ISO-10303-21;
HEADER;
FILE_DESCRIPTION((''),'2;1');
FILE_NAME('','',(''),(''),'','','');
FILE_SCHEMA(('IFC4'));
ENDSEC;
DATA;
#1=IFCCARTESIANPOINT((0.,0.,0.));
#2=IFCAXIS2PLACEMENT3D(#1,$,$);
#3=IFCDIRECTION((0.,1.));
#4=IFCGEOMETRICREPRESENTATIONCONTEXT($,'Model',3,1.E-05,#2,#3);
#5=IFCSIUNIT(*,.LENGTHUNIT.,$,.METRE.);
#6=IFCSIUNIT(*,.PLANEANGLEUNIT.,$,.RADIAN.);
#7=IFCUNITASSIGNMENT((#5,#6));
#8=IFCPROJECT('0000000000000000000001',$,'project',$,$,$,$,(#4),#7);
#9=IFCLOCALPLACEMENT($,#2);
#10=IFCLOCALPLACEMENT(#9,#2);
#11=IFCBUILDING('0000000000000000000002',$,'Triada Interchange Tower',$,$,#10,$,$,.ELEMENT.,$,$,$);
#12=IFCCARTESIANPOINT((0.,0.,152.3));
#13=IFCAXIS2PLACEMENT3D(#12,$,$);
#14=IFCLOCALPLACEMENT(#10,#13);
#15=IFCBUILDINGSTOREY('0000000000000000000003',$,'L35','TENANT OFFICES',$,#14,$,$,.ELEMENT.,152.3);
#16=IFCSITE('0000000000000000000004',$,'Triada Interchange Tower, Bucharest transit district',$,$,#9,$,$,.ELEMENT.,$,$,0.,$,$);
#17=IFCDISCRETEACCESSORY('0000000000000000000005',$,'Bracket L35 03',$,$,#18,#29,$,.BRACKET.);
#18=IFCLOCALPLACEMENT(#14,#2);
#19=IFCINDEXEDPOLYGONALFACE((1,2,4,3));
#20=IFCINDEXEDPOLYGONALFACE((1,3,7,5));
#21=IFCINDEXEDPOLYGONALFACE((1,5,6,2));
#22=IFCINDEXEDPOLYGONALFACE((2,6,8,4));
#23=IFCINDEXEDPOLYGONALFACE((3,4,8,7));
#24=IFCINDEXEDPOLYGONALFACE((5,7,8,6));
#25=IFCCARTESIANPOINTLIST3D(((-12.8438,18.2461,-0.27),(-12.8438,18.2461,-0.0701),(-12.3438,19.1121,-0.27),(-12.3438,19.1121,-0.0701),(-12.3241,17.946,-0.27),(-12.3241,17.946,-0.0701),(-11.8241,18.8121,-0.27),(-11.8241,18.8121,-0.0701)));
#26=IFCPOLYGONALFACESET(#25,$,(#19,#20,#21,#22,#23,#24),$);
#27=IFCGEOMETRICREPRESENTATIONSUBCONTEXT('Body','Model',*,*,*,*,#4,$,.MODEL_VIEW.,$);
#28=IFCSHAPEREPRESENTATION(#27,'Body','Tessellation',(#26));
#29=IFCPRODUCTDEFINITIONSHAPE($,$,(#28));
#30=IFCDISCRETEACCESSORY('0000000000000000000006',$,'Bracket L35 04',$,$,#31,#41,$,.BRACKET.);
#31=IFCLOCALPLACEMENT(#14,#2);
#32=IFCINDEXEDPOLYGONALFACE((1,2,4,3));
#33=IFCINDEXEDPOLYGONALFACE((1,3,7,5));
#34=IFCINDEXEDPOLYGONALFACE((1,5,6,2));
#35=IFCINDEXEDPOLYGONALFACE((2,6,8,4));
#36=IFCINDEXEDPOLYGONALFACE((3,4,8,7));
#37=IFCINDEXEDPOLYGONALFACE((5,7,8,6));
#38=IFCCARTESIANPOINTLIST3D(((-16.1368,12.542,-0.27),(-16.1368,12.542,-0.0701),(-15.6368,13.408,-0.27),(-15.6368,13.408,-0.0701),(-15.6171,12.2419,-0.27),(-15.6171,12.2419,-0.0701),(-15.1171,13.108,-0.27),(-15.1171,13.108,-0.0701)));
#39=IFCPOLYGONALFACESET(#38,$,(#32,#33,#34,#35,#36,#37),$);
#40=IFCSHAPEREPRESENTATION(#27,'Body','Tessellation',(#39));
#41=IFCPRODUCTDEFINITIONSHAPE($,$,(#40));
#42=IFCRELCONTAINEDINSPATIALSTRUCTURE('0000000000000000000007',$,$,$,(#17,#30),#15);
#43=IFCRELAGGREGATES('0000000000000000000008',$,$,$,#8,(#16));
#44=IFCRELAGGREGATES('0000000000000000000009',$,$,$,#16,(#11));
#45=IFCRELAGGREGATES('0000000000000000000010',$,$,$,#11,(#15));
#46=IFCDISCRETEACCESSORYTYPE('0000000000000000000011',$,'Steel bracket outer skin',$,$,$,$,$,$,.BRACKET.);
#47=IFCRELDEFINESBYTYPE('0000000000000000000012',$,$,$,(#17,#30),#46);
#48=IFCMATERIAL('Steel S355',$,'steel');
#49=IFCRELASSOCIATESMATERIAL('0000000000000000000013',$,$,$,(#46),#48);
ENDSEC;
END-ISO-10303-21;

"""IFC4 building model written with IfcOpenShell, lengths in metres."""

from ifc_helpers import new_model, si_unit, direction, frame, origin, origin_2d, place, context, subcontext, project, spatial, rectangle, extrude, material, type_object, element, save


model = new_model("IFC4")

# Units and contexts
model_context = context("Model", 3, precision=1e-05, world=origin(), true_north=direction((0.0, 1.0)))
body_context = subcontext(model_context, "Body", "Model", "MODEL_VIEW")
ifc_project = project(units=[si_unit("LENGTHUNIT", "METRE"), si_unit("PLANEANGLEUNIT", "RADIAN")], contexts=[model_context])

# Site, building, storey
site_placement = place(None, origin())
site = spatial("IfcSite", under=ifc_project, at=site_placement, Name="Triada Interchange Tower, Bucharest transit district", CompositionType="ELEMENT", RefElevation=0.0)
building_placement = place(site_placement, origin())
building = spatial("IfcBuilding", under=site, at=building_placement, Name="Triada Interchange Tower", CompositionType="ELEMENT")
storey_placement = place(building_placement, frame((0.0, 0.0, 152.3)))
storey = spatial("IfcBuildingStorey", under=building, at=storey_placement, Name="L35", Description="TENANT OFFICES", CompositionType="ELEMENT", Elevation=152.3)

# Discrete accessories
ifc_material_1 = material(Name="Steel S355", Category="steel")
discrete_accessory_type = type_object("IfcDiscreteAccessoryType", Name="Steel bracket outer skin", PredefinedType="BRACKET", material=ifc_material_1)
for number, where, z_axis, x_axis, name in (
    (1, (-12.334, 18.5291, -0.27), (0.0, 0.0, 1.0), (-0.866036, 0.499982, 0.0), "Bracket L35 03"),
    (2, (-15.627, 12.825, -0.27), (0.0, 0.0, 1.0), (-0.866036, 0.499982, 0.0), "Bracket L35 04"),
):
    element("IfcDiscreteAccessory", number, at=place(storey_placement, frame(where, z_axis=z_axis, x_axis=x_axis)), inside=storey, type_object=discrete_accessory_type, Name=name, PredefinedType="BRACKET", context=body_context, shape_type="SweptSolid", body=[
        extrude(rectangle(XDim=0.6001, YDim=1.0, at=origin_2d()), origin(), (0.0, 0.0, 1.0), 0.2),
    ])

save(model, "model.ifc")
